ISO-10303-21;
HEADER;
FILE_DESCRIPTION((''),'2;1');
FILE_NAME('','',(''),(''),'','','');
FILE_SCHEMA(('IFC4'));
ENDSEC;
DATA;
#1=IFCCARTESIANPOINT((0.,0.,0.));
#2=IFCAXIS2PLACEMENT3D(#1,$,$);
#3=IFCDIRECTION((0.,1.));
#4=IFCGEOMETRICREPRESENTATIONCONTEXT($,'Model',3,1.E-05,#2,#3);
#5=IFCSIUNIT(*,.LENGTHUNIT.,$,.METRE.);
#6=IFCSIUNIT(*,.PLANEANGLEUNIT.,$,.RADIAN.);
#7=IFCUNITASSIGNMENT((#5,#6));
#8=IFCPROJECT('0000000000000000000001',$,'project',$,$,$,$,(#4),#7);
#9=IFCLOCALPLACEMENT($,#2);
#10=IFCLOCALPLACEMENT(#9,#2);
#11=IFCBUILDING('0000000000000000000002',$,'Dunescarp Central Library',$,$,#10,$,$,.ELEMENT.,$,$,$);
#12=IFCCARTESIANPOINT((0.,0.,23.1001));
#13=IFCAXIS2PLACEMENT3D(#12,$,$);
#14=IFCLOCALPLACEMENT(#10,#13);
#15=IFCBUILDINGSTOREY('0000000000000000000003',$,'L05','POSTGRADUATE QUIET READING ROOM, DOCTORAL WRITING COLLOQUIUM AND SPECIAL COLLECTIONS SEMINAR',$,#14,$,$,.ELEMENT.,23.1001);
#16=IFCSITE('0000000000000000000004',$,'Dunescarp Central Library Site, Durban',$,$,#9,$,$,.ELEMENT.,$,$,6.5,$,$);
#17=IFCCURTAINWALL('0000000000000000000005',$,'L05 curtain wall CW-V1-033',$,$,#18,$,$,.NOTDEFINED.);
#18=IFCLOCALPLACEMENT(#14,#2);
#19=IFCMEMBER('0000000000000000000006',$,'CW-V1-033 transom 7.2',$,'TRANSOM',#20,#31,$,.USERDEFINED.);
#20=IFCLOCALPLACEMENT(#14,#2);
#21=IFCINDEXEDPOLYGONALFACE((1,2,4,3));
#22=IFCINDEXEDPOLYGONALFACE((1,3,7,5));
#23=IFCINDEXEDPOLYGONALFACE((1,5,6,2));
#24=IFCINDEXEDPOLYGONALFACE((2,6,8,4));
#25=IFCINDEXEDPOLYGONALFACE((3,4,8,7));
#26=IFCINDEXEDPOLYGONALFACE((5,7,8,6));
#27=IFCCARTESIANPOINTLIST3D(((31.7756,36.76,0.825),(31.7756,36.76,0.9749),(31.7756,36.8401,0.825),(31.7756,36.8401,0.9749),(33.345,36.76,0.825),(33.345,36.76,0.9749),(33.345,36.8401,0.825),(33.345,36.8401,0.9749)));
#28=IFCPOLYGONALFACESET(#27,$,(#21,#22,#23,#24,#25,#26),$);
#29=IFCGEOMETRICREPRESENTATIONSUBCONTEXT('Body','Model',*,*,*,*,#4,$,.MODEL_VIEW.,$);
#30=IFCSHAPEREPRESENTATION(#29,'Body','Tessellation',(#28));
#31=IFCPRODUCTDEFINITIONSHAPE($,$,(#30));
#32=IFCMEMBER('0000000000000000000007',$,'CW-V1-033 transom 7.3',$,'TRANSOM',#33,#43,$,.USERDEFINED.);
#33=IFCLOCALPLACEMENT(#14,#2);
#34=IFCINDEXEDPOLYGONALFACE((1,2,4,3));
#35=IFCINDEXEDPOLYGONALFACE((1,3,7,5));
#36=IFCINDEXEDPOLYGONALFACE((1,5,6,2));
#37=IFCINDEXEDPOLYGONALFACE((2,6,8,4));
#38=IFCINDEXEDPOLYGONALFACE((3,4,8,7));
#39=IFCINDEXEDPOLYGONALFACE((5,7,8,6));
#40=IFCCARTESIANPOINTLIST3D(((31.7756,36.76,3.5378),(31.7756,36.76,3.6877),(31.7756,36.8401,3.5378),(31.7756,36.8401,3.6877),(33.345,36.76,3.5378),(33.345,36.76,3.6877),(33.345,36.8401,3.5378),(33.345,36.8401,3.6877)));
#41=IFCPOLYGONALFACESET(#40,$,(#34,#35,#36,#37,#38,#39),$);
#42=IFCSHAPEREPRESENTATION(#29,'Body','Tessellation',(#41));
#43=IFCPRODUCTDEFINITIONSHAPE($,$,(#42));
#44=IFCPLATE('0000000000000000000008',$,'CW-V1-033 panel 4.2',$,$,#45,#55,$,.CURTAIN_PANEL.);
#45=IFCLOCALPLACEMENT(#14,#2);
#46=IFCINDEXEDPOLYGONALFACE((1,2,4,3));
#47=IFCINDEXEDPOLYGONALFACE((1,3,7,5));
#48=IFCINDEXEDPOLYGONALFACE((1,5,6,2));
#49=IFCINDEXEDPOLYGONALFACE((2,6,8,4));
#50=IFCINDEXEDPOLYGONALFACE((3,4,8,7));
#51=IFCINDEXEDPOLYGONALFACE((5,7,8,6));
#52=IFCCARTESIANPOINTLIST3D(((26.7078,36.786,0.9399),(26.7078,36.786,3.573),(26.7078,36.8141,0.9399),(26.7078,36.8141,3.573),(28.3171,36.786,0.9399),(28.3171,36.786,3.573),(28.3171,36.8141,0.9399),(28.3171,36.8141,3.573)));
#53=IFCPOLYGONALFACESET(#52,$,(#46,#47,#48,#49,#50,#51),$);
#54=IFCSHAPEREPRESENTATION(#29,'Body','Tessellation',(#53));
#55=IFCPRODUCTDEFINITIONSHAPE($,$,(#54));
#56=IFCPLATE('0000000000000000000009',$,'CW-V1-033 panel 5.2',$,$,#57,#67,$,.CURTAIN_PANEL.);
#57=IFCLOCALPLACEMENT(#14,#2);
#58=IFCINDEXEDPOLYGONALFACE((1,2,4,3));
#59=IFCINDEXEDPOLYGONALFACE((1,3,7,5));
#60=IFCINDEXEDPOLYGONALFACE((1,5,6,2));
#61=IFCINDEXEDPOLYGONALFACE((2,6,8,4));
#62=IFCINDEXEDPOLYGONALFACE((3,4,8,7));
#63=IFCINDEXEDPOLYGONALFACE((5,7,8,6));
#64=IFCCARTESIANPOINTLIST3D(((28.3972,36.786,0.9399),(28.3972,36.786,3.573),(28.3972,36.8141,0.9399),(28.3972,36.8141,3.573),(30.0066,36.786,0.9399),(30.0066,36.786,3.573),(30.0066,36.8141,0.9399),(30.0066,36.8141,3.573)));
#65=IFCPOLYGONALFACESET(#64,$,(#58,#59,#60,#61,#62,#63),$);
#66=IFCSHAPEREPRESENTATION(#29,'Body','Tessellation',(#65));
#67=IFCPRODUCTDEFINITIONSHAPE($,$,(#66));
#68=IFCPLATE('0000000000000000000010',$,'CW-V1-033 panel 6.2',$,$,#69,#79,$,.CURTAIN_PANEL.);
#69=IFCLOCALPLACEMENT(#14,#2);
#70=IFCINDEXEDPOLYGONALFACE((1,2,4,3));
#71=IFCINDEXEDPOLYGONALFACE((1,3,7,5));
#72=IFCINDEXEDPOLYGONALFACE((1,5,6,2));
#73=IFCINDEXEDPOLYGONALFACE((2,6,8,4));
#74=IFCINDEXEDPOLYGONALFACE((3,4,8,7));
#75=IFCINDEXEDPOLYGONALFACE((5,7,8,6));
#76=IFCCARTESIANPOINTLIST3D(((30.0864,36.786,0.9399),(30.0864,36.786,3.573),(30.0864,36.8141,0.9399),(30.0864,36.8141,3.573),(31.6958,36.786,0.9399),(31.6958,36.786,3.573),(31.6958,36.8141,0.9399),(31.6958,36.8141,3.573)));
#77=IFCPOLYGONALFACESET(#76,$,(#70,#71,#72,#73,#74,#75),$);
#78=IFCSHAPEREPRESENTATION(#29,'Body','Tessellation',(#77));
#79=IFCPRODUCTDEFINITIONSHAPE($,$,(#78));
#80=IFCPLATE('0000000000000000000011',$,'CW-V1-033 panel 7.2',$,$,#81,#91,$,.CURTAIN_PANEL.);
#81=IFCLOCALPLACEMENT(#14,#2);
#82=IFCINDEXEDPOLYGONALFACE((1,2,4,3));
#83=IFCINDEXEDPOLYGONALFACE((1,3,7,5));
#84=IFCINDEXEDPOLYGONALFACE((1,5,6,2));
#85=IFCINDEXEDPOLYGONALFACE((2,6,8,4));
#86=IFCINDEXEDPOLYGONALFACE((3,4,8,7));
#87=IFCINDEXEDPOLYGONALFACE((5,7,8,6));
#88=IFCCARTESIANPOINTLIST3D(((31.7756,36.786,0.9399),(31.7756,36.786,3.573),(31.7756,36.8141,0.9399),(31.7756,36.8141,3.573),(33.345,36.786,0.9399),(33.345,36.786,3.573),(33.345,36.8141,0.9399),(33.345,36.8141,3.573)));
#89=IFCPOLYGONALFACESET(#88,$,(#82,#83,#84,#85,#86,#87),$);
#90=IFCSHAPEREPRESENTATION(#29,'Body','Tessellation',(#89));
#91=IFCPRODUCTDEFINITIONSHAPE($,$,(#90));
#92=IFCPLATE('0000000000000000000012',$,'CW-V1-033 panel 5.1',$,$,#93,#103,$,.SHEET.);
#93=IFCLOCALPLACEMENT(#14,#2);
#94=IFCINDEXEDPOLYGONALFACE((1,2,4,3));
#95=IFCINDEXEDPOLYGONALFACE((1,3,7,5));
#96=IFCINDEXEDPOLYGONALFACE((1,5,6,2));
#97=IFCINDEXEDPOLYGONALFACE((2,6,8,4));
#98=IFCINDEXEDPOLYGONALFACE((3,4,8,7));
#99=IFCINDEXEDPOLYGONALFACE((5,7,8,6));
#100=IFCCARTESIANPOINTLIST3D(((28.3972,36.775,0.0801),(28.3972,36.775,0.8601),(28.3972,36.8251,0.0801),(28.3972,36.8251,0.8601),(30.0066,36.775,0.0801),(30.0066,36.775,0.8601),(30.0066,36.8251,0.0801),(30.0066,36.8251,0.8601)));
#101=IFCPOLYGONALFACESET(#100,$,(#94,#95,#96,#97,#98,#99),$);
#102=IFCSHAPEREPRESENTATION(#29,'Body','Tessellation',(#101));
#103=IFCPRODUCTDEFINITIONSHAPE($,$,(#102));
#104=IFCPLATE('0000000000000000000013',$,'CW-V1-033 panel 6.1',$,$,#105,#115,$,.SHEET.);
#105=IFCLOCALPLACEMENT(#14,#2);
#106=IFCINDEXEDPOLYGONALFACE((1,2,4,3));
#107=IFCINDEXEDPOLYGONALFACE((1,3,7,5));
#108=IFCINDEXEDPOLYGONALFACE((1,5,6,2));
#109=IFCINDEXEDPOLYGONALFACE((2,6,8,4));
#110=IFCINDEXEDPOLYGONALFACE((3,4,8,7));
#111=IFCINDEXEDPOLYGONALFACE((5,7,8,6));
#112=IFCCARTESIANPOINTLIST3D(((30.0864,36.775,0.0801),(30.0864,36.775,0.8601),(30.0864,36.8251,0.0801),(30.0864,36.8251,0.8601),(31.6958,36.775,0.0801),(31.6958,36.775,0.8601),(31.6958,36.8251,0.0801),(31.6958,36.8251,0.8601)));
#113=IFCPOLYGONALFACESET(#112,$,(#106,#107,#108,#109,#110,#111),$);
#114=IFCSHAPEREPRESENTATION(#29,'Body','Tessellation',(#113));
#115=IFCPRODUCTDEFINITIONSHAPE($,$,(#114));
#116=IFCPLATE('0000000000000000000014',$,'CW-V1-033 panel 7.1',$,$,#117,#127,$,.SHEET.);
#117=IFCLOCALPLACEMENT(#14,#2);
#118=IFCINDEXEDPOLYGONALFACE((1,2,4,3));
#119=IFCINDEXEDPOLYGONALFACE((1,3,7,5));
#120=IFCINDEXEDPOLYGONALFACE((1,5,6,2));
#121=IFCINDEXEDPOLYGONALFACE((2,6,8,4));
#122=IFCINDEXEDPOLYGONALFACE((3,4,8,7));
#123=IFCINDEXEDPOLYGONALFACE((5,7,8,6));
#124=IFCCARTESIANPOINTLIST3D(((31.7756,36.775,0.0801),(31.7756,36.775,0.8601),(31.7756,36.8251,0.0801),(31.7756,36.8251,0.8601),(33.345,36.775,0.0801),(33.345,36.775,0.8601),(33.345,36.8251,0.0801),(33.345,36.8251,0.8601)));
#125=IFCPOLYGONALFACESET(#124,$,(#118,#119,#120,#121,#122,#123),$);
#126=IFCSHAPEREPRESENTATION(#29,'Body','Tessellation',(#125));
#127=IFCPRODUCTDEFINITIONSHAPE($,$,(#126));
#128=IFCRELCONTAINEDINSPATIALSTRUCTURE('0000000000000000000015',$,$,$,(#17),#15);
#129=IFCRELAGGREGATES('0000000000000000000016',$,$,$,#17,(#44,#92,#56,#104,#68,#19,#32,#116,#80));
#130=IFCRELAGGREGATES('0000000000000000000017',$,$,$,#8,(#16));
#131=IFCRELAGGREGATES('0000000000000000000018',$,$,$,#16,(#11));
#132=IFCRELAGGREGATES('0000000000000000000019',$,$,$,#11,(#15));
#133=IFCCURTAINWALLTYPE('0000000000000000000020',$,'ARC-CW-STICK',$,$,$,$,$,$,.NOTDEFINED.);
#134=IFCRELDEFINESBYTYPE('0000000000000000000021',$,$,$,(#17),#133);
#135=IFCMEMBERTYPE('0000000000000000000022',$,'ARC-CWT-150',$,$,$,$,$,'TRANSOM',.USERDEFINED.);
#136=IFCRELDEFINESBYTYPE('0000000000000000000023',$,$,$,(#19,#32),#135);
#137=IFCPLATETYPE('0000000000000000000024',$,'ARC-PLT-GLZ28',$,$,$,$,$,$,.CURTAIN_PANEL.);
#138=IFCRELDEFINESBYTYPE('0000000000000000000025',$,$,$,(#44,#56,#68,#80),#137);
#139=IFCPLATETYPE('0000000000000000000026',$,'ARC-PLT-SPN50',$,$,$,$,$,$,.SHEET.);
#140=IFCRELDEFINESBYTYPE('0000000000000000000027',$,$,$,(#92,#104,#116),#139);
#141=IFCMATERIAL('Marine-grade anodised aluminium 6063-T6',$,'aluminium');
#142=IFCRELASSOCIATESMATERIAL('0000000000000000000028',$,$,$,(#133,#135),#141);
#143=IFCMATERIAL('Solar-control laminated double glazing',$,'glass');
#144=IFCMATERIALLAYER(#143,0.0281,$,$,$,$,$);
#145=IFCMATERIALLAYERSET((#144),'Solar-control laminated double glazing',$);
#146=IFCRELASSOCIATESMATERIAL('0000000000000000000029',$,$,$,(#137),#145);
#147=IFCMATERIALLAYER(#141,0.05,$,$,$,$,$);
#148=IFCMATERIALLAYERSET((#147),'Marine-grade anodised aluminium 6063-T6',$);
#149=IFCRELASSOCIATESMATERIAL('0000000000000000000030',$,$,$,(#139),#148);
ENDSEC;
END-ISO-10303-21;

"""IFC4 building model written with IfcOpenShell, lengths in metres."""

from ifc_helpers import new_model, si_unit, direction, frame, origin, origin_2d, place, context, subcontext, project, spatial, rectangle, extrude, material, layer, layer_set, material_profile, profile_set, type_object, element, aggregate, save


model = new_model("IFC4")

# Units and contexts
model_context = context("Model", 3, precision=1e-05, world=origin(), true_north=direction((0.0, 1.0)))
body_context = subcontext(model_context, "Body", "Model", "MODEL_VIEW")
ifc_project = project(units=[si_unit("LENGTHUNIT", "METRE"), si_unit("PLANEANGLEUNIT", "RADIAN")], contexts=[model_context])

# Site, building, storey
site_placement = place(None, origin())
site = spatial("IfcSite", under=ifc_project, at=site_placement, Name="Dunescarp Central Library Site, Durban", CompositionType="ELEMENT", RefElevation=6.5)
building_placement = place(site_placement, origin())
building = spatial("IfcBuilding", under=site, at=building_placement, Name="Dunescarp Central Library", CompositionType="ELEMENT")
storey_placement = place(building_placement, frame((0.0, 0.0, 23.1001)))
storey = spatial("IfcBuildingStorey", under=building, at=storey_placement, Name="L05", Description="POSTGRADUATE QUIET READING ROOM, DOCTORAL WRITING COLLOQUIUM AND SPECIAL COLLECTIONS SEMINAR", CompositionType="ELEMENT", Elevation=23.1001)

# Curtain wall, members, plates
ifc_material_1 = material(Name="Marine-grade anodised aluminium 6063-T6", Category="aluminium")
curtain_wall_type = type_object("IfcCurtainWallType", Name="ARC-CW-STICK", PredefinedType="NOTDEFINED", material=ifc_material_1)
curtain_wall_placement = place(storey_placement, origin())
curtain_wall = element("IfcCurtainWall", 1, at=curtain_wall_placement, inside=storey, type_object=curtain_wall_type, Name="L05 curtain wall CW-V1-033", PredefinedType="NOTDEFINED")
ifc_material_profile_1 = material_profile(ifc_material_1, rectangle(XDim=0.0801, YDim=0.1499, at=origin_2d()), Name="AL 80x150")
ifc_profile_set_1 = profile_set([ifc_material_profile_1], Name="Marine-grade anodised aluminium 6063-T6")
member_type_1 = type_object("IfcMemberType", Name="ARC-CWT-150", ElementType="TRANSOM", PredefinedType="USERDEFINED", material=ifc_profile_set_1)
member_1_placement = place(storey_placement, frame((31.7756, 36.8, 0.8999), z_axis=(1.0, 0.0, 0.0), x_axis=(0.0, 1.0, 0.0)))
member_1 = element("IfcMember", 2, at=member_1_placement, type_object=member_type_1, Name="CW-V1-033 transom 7.2", ObjectType="TRANSOM", PredefinedType="USERDEFINED", context=body_context, shape_type="SweptSolid", body=[
    extrude(rectangle(XDim=0.0801, YDim=0.1499, at=origin_2d()), origin(), (0.0, 0.0, 1.0), 1.5693),
])
member_2_placement = place(storey_placement, frame((31.7756, 36.8, 3.6128), z_axis=(1.0, 0.0, 0.0), x_axis=(0.0, 1.0, 0.0)))
member_2 = element("IfcMember", 3, at=member_2_placement, type_object=member_type_1, Name="CW-V1-033 transom 7.3", ObjectType="TRANSOM", PredefinedType="USERDEFINED", context=body_context, shape_type="SweptSolid", body=[
    extrude(rectangle(XDim=0.0801, YDim=0.1499, at=origin_2d()), origin(), (0.0, 0.0, 1.0), 1.5693),
])
ifc_material_2 = material(Name="Solar-control laminated double glazing", Category="glass")
ifc_layer_1 = layer(ifc_material_2, 0.0281)
ifc_layer_set_1 = layer_set([ifc_layer_1], Name="Solar-control laminated double glazing")
plate_type_1 = type_object("IfcPlateType", Name="ARC-PLT-GLZ28", PredefinedType="CURTAIN_PANEL", material=ifc_layer_set_1)
plate_1_placement = place(storey_placement, frame((27.5125, 36.8, 0.9399), z_axis=(0.0, 0.0, 1.0), x_axis=(1.0, 0.0, 0.0)))
plate_1 = element("IfcPlate", 4, at=plate_1_placement, type_object=plate_type_1, Name="CW-V1-033 panel 4.2", PredefinedType="CURTAIN_PANEL", context=body_context, shape_type="SweptSolid", body=[
    extrude(rectangle(XDim=1.6094, YDim=0.0281, at=origin_2d()), origin(), (0.0, 0.0, 1.0), 2.6331),
])
plate_2_placement = place(storey_placement, frame((29.2019, 36.8, 0.9399), z_axis=(0.0, 0.0, 1.0), x_axis=(1.0, 0.0, 0.0)))
plate_2 = element("IfcPlate", 5, at=plate_2_placement, type_object=plate_type_1, Name="CW-V1-033 panel 5.2", PredefinedType="CURTAIN_PANEL", context=body_context, shape_type="SweptSolid", body=[
    extrude(rectangle(XDim=1.6094, YDim=0.0281, at=origin_2d()), origin(), (0.0, 0.0, 1.0), 2.6331),
])
plate_3_placement = place(storey_placement, frame((30.8911, 36.8, 0.9399), z_axis=(0.0, 0.0, 1.0), x_axis=(1.0, 0.0, 0.0)))
plate_3 = element("IfcPlate", 6, at=plate_3_placement, type_object=plate_type_1, Name="CW-V1-033 panel 6.2", PredefinedType="CURTAIN_PANEL", context=body_context, shape_type="SweptSolid", body=[
    extrude(rectangle(XDim=1.6094, YDim=0.0281, at=origin_2d()), origin(), (0.0, 0.0, 1.0), 2.6331),
])
plate_4_placement = place(storey_placement, frame((32.5603, 36.8, 0.9399), z_axis=(0.0, 0.0, 1.0), x_axis=(1.0, 0.0, 0.0)))
plate_4 = element("IfcPlate", 7, at=plate_4_placement, type_object=plate_type_1, Name="CW-V1-033 panel 7.2", PredefinedType="CURTAIN_PANEL", context=body_context, shape_type="SweptSolid", body=[
    extrude(rectangle(XDim=1.5693, YDim=0.0281, at=origin_2d()), origin(), (0.0, 0.0, 1.0), 2.6331),
])
ifc_layer_2 = layer(ifc_material_1, 0.05)
ifc_layer_set_2 = layer_set([ifc_layer_2], Name="Marine-grade anodised aluminium 6063-T6")
plate_type_2 = type_object("IfcPlateType", Name="ARC-PLT-SPN50", PredefinedType="SHEET", material=ifc_layer_set_2)
plate_5_placement = place(storey_placement, frame((29.2019, 36.8, 0.0801), z_axis=(0.0, 0.0, 1.0), x_axis=(1.0, 0.0, 0.0)))
plate_5 = element("IfcPlate", 8, at=plate_5_placement, type_object=plate_type_2, Name="CW-V1-033 panel 5.1", PredefinedType="SHEET", context=body_context, shape_type="SweptSolid", body=[
    extrude(rectangle(XDim=1.6094, YDim=0.05, at=origin_2d()), origin(), (0.0, 0.0, 1.0), 0.78),
])
plate_6_placement = place(storey_placement, frame((30.8911, 36.8, 0.0801), z_axis=(0.0, 0.0, 1.0), x_axis=(1.0, 0.0, 0.0)))
plate_6 = element("IfcPlate", 9, at=plate_6_placement, type_object=plate_type_2, Name="CW-V1-033 panel 6.1", PredefinedType="SHEET", context=body_context, shape_type="SweptSolid", body=[
    extrude(rectangle(XDim=1.6094, YDim=0.05, at=origin_2d()), origin(), (0.0, 0.0, 1.0), 0.78),
])
plate_7_placement = place(storey_placement, frame((32.5603, 36.8, 0.0801), z_axis=(0.0, 0.0, 1.0), x_axis=(1.0, 0.0, 0.0)))
plate_7 = element("IfcPlate", 10, at=plate_7_placement, type_object=plate_type_2, Name="CW-V1-033 panel 7.1", PredefinedType="SHEET", context=body_context, shape_type="SweptSolid", body=[
    extrude(rectangle(XDim=1.5693, YDim=0.05, at=origin_2d()), origin(), (0.0, 0.0, 1.0), 0.78),
])
aggregate(curtain_wall, [plate_1, plate_5, plate_2, plate_6, plate_3, member_1, member_2, plate_7, plate_4])

save(model, "model.ifc")
